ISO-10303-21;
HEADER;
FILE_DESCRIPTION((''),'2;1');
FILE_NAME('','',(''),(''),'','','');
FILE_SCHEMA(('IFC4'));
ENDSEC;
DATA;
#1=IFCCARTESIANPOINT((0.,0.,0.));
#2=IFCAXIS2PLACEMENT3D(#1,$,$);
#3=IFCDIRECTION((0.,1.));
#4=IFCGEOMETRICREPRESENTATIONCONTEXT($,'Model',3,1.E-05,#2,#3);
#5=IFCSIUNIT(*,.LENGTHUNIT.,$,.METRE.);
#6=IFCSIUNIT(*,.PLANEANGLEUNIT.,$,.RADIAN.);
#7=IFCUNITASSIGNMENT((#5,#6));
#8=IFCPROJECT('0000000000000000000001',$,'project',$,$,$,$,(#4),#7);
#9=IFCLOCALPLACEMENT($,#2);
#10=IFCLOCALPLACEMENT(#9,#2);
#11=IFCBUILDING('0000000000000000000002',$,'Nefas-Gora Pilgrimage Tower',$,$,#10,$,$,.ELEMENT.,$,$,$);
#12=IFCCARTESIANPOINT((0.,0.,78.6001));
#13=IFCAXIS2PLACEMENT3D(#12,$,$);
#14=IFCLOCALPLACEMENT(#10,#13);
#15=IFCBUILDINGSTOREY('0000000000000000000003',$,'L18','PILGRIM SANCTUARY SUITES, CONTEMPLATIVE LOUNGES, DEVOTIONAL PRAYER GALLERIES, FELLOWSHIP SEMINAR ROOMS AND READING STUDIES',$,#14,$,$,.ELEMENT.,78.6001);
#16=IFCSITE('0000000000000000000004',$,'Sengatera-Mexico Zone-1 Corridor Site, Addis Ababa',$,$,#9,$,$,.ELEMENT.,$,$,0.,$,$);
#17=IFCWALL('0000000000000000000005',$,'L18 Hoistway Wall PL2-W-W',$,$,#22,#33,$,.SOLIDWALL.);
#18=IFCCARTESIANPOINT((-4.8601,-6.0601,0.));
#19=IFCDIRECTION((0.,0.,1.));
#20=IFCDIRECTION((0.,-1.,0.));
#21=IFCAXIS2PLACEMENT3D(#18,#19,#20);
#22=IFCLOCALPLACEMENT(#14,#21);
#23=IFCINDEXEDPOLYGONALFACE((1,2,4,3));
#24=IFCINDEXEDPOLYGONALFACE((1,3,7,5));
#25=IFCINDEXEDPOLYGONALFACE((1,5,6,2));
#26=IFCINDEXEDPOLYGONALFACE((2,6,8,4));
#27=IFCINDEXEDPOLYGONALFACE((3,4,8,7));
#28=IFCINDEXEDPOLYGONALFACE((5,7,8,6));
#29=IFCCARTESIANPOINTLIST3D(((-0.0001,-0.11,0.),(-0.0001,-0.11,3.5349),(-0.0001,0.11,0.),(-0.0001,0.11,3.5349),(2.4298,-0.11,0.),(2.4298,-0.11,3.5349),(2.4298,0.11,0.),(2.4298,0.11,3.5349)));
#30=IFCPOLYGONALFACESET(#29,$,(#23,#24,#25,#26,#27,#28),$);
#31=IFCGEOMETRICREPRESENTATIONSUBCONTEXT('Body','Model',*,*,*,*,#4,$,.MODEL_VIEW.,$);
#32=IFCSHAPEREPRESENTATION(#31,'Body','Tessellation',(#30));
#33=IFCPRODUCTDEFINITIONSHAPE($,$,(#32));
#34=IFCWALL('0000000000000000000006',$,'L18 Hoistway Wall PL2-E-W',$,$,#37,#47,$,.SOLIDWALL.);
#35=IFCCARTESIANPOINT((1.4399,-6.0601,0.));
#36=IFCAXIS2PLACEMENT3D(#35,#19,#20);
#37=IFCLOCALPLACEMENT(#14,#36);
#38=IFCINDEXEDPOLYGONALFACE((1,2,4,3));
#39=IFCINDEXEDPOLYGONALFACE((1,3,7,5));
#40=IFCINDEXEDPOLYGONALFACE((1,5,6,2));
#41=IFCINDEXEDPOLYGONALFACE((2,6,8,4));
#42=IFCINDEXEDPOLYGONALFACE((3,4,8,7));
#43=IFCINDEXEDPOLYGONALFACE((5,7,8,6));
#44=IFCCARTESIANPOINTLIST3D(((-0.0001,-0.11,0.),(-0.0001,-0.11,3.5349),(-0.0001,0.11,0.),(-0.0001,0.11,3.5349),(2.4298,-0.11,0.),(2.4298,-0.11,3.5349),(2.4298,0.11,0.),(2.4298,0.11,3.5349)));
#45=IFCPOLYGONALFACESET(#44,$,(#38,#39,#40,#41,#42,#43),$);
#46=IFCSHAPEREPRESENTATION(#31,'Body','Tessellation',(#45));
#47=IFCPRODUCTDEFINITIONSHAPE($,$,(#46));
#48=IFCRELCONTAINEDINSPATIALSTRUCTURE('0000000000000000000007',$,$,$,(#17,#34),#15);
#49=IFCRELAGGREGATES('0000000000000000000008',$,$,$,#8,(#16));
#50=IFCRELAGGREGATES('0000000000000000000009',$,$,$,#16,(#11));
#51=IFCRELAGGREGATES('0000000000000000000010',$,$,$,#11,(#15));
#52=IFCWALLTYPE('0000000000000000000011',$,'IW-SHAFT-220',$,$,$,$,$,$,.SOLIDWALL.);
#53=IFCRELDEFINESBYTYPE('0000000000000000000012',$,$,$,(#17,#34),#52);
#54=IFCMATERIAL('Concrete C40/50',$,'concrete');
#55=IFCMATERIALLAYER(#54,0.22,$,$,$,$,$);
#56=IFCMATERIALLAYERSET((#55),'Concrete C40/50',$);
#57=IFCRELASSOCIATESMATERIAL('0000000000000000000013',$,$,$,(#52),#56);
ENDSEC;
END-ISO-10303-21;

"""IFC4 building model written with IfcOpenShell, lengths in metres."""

from ifc_helpers import new_model, si_unit, direction, frame, frame_2d, origin, place, context, subcontext, project, spatial, rectangle, extrude, source, transform, mapped, material, layer, layer_set, type_object, element, save


model = new_model("IFC4")

# Units and contexts
model_context = context("Model", 3, precision=1e-05, world=origin(), true_north=direction((0.0, 1.0)))
body_context = subcontext(model_context, "Body", "Model", "MODEL_VIEW")
ifc_project = project(units=[si_unit("LENGTHUNIT", "METRE"), si_unit("PLANEANGLEUNIT", "RADIAN")], contexts=[model_context])

# Site, building, storey
site_placement = place(None, origin())
site = spatial("IfcSite", under=ifc_project, at=site_placement, Name="Sengatera-Mexico Zone-1 Corridor Site, Addis Ababa", CompositionType="ELEMENT", RefElevation=0.0)
building_placement = place(site_placement, origin())
building = spatial("IfcBuilding", under=site, at=building_placement, Name="Nefas-Gora Pilgrimage Tower", CompositionType="ELEMENT")
storey_placement = place(building_placement, frame((0.0, 0.0, 78.6001)))
storey = spatial("IfcBuildingStorey", under=building, at=storey_placement, Name="L18", Description="PILGRIM SANCTUARY SUITES, CONTEMPLATIVE LOUNGES, DEVOTIONAL PRAYER GALLERIES, FELLOWSHIP SEMINAR ROOMS AND READING STUDIES", CompositionType="ELEMENT", Elevation=78.6001)

# Walls
ifc_material_1 = material(Name="Concrete C40/50", Category="concrete")
ifc_layer_1 = layer(ifc_material_1, 0.22)
ifc_layer_set_1 = layer_set([ifc_layer_1], Name="Concrete C40/50")
wall_type_1 = type_object("IfcWallType", Name="IW-SHAFT-220", PredefinedType="SOLIDWALL", material=ifc_layer_set_1)
shared_shape_1 = source(origin(), body_context, "Body", "SweptSolid", [
    extrude(rectangle(XDim=2.4299, YDim=0.22, at=frame_2d((1.2148, 0.0))), origin(), (0.0, 0.0, 1.0), 3.5349),
])
for number, where, z_axis, x_axis, name in (
    (1, (-4.8601, -6.0601, 0.0), (0.0, 0.0, 1.0), (0.0, -1.0, 0.0), "L18 Hoistway Wall PL2-W-W"),
    (2, (1.4399, -6.0601, 0.0), (0.0, 0.0, 1.0), (0.0, -1.0, 0.0), "L18 Hoistway Wall PL2-E-W"),
):
    element("IfcWall", number, at=place(storey_placement, frame(where, z_axis=z_axis, x_axis=x_axis)), inside=storey, type_object=wall_type_1, Name=name, PredefinedType="SOLIDWALL", context=body_context, shape_type="MappedRepresentation", body=[
        mapped(shared_shape_1, transform((0.0, 0.0, 0.0), x_axis=(1.0, 0.0, 0.0), y_axis=(0.0, 1.0, 0.0), z_axis=(0.0, 0.0, 1.0), scale=1.0)),
    ])

save(model, "model.ifc")
